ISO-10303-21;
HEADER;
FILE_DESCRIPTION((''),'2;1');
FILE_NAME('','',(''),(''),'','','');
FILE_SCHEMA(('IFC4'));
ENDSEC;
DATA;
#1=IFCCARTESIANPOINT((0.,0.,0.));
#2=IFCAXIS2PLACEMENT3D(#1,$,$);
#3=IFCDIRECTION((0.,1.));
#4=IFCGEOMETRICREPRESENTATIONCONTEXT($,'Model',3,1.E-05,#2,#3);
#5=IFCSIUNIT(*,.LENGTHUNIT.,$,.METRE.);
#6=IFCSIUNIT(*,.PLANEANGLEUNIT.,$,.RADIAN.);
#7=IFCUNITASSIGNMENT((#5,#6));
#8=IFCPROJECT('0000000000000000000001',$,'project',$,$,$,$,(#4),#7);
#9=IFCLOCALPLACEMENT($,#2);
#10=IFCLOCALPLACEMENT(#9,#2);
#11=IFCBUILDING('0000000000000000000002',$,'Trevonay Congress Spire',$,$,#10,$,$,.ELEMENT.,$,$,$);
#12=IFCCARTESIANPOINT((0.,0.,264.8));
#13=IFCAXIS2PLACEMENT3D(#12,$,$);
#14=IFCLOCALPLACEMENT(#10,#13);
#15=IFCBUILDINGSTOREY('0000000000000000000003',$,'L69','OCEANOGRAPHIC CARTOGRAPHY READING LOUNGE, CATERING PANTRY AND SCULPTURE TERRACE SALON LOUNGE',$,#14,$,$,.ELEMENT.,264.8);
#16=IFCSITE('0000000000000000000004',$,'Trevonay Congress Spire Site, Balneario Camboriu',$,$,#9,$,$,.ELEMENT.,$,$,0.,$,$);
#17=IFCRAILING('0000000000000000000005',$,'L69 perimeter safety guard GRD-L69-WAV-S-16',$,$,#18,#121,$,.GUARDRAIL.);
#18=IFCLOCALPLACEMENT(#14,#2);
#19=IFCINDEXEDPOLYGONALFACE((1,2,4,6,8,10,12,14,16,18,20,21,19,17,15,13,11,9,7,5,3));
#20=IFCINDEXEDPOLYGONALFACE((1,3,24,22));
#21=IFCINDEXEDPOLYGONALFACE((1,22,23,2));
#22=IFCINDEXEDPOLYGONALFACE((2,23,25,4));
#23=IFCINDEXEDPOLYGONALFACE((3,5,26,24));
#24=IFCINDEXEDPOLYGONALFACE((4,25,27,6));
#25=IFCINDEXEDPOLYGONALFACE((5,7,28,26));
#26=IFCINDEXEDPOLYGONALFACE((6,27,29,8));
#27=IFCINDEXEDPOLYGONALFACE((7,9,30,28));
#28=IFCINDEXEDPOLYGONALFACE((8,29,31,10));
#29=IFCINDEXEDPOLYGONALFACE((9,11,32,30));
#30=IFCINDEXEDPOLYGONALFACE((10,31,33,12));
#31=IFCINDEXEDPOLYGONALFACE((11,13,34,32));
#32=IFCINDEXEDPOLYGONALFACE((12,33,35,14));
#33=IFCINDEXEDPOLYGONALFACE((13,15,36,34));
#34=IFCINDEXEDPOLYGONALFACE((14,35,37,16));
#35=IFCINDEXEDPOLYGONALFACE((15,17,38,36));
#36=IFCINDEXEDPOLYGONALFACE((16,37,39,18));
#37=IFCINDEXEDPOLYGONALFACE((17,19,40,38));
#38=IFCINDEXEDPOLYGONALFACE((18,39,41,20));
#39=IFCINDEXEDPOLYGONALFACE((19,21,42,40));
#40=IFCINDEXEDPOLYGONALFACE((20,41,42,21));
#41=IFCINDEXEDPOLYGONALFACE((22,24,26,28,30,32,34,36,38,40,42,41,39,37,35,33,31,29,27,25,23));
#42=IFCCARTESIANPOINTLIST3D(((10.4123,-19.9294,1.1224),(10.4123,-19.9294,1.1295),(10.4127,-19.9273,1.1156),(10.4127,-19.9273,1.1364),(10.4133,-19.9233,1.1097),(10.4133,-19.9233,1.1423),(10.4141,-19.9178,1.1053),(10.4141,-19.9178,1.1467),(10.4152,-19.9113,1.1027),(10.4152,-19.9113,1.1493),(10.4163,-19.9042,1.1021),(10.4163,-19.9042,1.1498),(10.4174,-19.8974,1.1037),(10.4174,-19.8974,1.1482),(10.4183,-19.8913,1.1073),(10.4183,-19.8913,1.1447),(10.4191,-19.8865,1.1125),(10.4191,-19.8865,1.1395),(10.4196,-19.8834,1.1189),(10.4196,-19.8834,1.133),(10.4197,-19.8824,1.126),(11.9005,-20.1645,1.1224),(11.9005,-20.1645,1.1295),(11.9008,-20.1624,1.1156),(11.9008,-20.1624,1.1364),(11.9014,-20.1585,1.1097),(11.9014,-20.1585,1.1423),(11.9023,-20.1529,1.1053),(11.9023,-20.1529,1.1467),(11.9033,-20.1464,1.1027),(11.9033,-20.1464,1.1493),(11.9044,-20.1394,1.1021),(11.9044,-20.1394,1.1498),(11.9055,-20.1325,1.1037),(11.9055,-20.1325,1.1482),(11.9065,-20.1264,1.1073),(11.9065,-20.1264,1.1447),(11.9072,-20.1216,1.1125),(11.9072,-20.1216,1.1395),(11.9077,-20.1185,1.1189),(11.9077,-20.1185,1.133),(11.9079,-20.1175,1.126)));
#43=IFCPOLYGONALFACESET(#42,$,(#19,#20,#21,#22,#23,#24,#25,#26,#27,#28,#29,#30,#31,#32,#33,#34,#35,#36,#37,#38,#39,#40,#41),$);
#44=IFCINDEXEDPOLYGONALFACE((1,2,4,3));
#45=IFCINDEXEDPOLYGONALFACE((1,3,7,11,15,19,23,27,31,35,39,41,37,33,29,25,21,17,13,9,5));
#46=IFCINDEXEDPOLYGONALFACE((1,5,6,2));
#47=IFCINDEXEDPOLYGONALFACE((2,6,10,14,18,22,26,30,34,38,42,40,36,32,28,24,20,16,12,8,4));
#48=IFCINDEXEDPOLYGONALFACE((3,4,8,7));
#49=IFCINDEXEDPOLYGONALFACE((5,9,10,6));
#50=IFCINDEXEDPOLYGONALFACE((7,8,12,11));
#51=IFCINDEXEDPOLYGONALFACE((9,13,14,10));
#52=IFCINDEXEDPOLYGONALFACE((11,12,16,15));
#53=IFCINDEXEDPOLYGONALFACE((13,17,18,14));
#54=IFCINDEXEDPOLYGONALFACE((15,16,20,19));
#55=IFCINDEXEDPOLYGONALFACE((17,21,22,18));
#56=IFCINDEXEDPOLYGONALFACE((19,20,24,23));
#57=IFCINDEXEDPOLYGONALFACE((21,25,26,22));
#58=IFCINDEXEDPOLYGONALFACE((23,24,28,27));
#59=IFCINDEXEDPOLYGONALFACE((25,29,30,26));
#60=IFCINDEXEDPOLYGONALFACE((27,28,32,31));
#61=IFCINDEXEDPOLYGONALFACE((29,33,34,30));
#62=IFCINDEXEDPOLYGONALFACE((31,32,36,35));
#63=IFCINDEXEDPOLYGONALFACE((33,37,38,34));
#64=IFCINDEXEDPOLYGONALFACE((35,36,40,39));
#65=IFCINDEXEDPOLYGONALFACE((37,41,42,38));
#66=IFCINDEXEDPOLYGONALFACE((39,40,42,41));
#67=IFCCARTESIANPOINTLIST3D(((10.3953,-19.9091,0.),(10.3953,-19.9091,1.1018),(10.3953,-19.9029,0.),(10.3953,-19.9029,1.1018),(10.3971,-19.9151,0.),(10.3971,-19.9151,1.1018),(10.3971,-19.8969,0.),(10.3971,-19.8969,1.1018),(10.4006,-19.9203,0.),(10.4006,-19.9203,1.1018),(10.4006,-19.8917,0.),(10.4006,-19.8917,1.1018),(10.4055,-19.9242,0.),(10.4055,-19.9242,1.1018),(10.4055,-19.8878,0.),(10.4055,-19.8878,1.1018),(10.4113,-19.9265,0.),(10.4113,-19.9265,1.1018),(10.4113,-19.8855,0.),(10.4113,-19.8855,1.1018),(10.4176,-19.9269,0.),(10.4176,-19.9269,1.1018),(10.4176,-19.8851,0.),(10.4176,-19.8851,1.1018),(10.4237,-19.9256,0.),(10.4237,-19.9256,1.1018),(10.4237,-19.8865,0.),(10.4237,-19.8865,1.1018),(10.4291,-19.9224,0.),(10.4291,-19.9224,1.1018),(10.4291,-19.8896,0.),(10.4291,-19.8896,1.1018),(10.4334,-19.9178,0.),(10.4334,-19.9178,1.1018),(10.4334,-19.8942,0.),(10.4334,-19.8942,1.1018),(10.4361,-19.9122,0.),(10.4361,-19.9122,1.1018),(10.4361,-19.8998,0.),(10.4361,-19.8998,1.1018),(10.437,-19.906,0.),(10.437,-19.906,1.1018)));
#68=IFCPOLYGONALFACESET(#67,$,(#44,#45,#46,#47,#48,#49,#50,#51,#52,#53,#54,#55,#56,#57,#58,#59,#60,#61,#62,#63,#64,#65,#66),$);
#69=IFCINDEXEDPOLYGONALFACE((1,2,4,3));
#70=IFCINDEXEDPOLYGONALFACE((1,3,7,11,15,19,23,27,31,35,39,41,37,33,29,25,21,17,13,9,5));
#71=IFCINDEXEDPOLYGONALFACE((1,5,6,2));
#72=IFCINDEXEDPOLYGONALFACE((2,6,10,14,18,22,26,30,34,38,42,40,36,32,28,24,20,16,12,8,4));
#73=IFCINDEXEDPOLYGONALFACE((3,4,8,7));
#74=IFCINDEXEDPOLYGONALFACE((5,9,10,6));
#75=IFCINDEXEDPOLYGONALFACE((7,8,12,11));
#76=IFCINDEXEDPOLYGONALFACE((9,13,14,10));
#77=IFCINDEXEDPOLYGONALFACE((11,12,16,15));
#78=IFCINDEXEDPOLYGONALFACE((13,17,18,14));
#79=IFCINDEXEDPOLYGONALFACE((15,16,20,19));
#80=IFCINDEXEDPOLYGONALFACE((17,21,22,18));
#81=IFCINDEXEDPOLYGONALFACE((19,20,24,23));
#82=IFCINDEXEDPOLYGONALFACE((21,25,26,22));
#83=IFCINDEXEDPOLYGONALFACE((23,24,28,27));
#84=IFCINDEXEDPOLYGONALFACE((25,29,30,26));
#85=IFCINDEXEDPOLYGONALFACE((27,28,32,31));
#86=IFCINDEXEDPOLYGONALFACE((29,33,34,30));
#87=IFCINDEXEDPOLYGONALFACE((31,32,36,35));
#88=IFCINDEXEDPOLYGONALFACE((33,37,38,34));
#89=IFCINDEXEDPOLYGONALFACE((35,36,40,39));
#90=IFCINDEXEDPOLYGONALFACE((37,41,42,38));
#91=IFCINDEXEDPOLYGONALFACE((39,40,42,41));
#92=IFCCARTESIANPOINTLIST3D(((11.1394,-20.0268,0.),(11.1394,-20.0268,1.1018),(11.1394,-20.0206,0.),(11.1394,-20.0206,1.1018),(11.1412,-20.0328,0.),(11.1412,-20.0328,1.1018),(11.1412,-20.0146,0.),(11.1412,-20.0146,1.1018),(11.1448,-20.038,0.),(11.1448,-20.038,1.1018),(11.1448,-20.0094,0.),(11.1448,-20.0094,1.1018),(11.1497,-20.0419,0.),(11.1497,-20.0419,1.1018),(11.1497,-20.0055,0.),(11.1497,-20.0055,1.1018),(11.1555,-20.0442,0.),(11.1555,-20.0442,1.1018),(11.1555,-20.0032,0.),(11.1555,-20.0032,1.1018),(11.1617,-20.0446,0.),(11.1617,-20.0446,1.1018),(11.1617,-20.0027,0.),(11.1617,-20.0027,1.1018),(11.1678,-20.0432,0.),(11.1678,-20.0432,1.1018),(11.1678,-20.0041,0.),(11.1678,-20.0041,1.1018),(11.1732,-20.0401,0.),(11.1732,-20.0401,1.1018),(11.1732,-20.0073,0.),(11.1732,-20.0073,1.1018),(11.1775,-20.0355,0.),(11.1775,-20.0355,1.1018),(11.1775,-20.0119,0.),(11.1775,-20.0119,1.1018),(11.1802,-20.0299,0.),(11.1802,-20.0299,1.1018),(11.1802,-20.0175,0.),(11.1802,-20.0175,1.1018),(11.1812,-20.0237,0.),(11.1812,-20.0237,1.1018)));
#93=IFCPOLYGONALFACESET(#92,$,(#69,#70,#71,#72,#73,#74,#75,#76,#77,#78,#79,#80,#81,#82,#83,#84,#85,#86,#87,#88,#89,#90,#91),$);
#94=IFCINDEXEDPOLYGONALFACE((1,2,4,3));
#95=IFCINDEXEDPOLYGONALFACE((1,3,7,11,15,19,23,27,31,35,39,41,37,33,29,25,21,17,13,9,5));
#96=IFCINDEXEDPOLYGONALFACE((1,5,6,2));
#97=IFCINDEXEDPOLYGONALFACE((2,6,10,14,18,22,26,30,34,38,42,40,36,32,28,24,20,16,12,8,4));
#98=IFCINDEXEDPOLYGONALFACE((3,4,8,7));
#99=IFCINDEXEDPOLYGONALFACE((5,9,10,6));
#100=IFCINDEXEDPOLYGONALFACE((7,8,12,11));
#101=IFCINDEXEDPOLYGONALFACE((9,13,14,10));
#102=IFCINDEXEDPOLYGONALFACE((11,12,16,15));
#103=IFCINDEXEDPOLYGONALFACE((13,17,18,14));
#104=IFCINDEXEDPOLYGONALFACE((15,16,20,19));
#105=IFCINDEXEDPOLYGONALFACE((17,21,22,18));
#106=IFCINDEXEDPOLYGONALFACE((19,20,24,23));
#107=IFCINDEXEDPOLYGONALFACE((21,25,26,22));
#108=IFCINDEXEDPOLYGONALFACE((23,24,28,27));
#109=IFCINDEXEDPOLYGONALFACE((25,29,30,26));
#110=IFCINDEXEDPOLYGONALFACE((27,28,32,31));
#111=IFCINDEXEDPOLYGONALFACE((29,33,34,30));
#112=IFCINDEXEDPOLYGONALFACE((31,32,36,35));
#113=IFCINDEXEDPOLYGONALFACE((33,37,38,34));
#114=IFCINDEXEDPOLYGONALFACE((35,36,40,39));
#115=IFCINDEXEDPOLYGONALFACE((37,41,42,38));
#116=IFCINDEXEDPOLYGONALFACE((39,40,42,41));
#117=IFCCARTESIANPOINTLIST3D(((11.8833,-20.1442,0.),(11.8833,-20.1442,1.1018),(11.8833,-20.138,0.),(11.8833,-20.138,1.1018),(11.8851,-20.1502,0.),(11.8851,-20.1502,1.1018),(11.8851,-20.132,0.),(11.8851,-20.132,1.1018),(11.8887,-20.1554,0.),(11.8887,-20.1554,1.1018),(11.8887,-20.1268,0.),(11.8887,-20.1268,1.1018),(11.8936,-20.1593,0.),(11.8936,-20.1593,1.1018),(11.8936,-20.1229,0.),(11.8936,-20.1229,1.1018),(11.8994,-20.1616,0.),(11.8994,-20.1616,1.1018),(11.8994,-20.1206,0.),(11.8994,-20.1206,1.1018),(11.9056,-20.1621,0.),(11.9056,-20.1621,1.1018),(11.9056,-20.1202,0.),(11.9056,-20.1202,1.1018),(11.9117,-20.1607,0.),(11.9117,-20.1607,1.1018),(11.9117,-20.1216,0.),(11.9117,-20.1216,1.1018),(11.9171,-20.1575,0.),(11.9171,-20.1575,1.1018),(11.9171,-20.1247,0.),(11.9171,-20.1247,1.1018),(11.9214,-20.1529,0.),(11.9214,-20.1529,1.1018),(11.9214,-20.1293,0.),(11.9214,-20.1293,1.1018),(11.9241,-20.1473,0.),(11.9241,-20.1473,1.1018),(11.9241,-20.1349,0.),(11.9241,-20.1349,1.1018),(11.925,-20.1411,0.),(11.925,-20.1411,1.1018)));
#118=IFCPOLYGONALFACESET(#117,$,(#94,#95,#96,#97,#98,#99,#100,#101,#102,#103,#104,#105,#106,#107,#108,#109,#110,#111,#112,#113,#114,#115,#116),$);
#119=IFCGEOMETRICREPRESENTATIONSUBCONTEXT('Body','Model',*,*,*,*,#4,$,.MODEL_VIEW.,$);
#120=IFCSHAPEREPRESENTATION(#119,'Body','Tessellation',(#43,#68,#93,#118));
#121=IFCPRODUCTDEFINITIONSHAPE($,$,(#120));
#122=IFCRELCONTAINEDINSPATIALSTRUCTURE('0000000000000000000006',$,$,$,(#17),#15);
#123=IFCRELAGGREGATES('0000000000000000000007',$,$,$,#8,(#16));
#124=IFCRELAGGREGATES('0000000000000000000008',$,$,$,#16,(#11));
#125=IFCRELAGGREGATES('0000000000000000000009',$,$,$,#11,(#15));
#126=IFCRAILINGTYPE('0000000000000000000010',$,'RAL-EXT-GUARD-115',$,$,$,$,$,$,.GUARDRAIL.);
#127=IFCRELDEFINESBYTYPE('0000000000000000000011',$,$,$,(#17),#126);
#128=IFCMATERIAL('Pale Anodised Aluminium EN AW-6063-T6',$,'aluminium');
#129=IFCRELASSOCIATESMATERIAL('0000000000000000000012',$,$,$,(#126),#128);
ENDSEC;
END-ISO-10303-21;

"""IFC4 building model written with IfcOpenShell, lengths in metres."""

from ifc_helpers import new_model, si_unit, direction, frame, origin, origin_2d, place, context, subcontext, project, spatial, circle, extrude, material, type_object, element, save


model = new_model("IFC4")

# Units and contexts
model_context = context("Model", 3, precision=1e-05, world=origin(), true_north=direction((0.0, 1.0)))
body_context = subcontext(model_context, "Body", "Model", "MODEL_VIEW")
ifc_project = project(units=[si_unit("LENGTHUNIT", "METRE"), si_unit("PLANEANGLEUNIT", "RADIAN")], contexts=[model_context])

# Site, building, storey
site_placement = place(None, origin())
site = spatial("IfcSite", under=ifc_project, at=site_placement, Name="Trevonay Congress Spire Site, Balneario Camboriu", CompositionType="ELEMENT", RefElevation=0.0)
building_placement = place(site_placement, origin())
building = spatial("IfcBuilding", under=site, at=building_placement, Name="Trevonay Congress Spire", CompositionType="ELEMENT")
storey_placement = place(building_placement, frame((0.0, 0.0, 264.8)))
storey = spatial("IfcBuildingStorey", under=building, at=storey_placement, Name="L69", Description="OCEANOGRAPHIC CARTOGRAPHY READING LOUNGE, CATERING PANTRY AND SCULPTURE TERRACE SALON LOUNGE", CompositionType="ELEMENT", Elevation=264.8)

# Shared definitions
ifc_material_1 = material(Name="Pale Anodised Aluminium EN AW-6063-T6", Category="aluminium")

# Railing
railing_type = type_object("IfcRailingType", Name="RAL-EXT-GUARD-115", PredefinedType="GUARDRAIL", material=ifc_material_1)
railing_1_placement = place(storey_placement, frame((10.416, -19.906, 0.0)))
element("IfcRailing", 1, at=railing_1_placement, inside=storey, type_object=railing_type, Name="L69 perimeter safety guard GRD-L69-WAV-S-16", PredefinedType="GUARDRAIL", context=body_context, shape_type="SweptSolid", body=[
    extrude(circle(Radius=0.0239, at=origin_2d()), frame((0.0, 0.0, 1.126), z_axis=(0.987747, -0.156062, 0.0), x_axis=(0.156062, 0.987747, 0.0)), (0.0, 0.0, 1.0), 1.5066),
    extrude(circle(Radius=0.021, at=origin_2d()), origin(), (0.0, 0.0, 1.0), 1.1018),
    extrude(circle(Radius=0.021, at=origin_2d()), frame((0.7441, -0.1177, 0.0)), (0.0, 0.0, 1.0), 1.1018),
    extrude(circle(Radius=0.021, at=origin_2d()), frame((1.488, -0.2351, 0.0)), (0.0, 0.0, 1.0), 1.1018),
])

save(model, "model.ifc")
